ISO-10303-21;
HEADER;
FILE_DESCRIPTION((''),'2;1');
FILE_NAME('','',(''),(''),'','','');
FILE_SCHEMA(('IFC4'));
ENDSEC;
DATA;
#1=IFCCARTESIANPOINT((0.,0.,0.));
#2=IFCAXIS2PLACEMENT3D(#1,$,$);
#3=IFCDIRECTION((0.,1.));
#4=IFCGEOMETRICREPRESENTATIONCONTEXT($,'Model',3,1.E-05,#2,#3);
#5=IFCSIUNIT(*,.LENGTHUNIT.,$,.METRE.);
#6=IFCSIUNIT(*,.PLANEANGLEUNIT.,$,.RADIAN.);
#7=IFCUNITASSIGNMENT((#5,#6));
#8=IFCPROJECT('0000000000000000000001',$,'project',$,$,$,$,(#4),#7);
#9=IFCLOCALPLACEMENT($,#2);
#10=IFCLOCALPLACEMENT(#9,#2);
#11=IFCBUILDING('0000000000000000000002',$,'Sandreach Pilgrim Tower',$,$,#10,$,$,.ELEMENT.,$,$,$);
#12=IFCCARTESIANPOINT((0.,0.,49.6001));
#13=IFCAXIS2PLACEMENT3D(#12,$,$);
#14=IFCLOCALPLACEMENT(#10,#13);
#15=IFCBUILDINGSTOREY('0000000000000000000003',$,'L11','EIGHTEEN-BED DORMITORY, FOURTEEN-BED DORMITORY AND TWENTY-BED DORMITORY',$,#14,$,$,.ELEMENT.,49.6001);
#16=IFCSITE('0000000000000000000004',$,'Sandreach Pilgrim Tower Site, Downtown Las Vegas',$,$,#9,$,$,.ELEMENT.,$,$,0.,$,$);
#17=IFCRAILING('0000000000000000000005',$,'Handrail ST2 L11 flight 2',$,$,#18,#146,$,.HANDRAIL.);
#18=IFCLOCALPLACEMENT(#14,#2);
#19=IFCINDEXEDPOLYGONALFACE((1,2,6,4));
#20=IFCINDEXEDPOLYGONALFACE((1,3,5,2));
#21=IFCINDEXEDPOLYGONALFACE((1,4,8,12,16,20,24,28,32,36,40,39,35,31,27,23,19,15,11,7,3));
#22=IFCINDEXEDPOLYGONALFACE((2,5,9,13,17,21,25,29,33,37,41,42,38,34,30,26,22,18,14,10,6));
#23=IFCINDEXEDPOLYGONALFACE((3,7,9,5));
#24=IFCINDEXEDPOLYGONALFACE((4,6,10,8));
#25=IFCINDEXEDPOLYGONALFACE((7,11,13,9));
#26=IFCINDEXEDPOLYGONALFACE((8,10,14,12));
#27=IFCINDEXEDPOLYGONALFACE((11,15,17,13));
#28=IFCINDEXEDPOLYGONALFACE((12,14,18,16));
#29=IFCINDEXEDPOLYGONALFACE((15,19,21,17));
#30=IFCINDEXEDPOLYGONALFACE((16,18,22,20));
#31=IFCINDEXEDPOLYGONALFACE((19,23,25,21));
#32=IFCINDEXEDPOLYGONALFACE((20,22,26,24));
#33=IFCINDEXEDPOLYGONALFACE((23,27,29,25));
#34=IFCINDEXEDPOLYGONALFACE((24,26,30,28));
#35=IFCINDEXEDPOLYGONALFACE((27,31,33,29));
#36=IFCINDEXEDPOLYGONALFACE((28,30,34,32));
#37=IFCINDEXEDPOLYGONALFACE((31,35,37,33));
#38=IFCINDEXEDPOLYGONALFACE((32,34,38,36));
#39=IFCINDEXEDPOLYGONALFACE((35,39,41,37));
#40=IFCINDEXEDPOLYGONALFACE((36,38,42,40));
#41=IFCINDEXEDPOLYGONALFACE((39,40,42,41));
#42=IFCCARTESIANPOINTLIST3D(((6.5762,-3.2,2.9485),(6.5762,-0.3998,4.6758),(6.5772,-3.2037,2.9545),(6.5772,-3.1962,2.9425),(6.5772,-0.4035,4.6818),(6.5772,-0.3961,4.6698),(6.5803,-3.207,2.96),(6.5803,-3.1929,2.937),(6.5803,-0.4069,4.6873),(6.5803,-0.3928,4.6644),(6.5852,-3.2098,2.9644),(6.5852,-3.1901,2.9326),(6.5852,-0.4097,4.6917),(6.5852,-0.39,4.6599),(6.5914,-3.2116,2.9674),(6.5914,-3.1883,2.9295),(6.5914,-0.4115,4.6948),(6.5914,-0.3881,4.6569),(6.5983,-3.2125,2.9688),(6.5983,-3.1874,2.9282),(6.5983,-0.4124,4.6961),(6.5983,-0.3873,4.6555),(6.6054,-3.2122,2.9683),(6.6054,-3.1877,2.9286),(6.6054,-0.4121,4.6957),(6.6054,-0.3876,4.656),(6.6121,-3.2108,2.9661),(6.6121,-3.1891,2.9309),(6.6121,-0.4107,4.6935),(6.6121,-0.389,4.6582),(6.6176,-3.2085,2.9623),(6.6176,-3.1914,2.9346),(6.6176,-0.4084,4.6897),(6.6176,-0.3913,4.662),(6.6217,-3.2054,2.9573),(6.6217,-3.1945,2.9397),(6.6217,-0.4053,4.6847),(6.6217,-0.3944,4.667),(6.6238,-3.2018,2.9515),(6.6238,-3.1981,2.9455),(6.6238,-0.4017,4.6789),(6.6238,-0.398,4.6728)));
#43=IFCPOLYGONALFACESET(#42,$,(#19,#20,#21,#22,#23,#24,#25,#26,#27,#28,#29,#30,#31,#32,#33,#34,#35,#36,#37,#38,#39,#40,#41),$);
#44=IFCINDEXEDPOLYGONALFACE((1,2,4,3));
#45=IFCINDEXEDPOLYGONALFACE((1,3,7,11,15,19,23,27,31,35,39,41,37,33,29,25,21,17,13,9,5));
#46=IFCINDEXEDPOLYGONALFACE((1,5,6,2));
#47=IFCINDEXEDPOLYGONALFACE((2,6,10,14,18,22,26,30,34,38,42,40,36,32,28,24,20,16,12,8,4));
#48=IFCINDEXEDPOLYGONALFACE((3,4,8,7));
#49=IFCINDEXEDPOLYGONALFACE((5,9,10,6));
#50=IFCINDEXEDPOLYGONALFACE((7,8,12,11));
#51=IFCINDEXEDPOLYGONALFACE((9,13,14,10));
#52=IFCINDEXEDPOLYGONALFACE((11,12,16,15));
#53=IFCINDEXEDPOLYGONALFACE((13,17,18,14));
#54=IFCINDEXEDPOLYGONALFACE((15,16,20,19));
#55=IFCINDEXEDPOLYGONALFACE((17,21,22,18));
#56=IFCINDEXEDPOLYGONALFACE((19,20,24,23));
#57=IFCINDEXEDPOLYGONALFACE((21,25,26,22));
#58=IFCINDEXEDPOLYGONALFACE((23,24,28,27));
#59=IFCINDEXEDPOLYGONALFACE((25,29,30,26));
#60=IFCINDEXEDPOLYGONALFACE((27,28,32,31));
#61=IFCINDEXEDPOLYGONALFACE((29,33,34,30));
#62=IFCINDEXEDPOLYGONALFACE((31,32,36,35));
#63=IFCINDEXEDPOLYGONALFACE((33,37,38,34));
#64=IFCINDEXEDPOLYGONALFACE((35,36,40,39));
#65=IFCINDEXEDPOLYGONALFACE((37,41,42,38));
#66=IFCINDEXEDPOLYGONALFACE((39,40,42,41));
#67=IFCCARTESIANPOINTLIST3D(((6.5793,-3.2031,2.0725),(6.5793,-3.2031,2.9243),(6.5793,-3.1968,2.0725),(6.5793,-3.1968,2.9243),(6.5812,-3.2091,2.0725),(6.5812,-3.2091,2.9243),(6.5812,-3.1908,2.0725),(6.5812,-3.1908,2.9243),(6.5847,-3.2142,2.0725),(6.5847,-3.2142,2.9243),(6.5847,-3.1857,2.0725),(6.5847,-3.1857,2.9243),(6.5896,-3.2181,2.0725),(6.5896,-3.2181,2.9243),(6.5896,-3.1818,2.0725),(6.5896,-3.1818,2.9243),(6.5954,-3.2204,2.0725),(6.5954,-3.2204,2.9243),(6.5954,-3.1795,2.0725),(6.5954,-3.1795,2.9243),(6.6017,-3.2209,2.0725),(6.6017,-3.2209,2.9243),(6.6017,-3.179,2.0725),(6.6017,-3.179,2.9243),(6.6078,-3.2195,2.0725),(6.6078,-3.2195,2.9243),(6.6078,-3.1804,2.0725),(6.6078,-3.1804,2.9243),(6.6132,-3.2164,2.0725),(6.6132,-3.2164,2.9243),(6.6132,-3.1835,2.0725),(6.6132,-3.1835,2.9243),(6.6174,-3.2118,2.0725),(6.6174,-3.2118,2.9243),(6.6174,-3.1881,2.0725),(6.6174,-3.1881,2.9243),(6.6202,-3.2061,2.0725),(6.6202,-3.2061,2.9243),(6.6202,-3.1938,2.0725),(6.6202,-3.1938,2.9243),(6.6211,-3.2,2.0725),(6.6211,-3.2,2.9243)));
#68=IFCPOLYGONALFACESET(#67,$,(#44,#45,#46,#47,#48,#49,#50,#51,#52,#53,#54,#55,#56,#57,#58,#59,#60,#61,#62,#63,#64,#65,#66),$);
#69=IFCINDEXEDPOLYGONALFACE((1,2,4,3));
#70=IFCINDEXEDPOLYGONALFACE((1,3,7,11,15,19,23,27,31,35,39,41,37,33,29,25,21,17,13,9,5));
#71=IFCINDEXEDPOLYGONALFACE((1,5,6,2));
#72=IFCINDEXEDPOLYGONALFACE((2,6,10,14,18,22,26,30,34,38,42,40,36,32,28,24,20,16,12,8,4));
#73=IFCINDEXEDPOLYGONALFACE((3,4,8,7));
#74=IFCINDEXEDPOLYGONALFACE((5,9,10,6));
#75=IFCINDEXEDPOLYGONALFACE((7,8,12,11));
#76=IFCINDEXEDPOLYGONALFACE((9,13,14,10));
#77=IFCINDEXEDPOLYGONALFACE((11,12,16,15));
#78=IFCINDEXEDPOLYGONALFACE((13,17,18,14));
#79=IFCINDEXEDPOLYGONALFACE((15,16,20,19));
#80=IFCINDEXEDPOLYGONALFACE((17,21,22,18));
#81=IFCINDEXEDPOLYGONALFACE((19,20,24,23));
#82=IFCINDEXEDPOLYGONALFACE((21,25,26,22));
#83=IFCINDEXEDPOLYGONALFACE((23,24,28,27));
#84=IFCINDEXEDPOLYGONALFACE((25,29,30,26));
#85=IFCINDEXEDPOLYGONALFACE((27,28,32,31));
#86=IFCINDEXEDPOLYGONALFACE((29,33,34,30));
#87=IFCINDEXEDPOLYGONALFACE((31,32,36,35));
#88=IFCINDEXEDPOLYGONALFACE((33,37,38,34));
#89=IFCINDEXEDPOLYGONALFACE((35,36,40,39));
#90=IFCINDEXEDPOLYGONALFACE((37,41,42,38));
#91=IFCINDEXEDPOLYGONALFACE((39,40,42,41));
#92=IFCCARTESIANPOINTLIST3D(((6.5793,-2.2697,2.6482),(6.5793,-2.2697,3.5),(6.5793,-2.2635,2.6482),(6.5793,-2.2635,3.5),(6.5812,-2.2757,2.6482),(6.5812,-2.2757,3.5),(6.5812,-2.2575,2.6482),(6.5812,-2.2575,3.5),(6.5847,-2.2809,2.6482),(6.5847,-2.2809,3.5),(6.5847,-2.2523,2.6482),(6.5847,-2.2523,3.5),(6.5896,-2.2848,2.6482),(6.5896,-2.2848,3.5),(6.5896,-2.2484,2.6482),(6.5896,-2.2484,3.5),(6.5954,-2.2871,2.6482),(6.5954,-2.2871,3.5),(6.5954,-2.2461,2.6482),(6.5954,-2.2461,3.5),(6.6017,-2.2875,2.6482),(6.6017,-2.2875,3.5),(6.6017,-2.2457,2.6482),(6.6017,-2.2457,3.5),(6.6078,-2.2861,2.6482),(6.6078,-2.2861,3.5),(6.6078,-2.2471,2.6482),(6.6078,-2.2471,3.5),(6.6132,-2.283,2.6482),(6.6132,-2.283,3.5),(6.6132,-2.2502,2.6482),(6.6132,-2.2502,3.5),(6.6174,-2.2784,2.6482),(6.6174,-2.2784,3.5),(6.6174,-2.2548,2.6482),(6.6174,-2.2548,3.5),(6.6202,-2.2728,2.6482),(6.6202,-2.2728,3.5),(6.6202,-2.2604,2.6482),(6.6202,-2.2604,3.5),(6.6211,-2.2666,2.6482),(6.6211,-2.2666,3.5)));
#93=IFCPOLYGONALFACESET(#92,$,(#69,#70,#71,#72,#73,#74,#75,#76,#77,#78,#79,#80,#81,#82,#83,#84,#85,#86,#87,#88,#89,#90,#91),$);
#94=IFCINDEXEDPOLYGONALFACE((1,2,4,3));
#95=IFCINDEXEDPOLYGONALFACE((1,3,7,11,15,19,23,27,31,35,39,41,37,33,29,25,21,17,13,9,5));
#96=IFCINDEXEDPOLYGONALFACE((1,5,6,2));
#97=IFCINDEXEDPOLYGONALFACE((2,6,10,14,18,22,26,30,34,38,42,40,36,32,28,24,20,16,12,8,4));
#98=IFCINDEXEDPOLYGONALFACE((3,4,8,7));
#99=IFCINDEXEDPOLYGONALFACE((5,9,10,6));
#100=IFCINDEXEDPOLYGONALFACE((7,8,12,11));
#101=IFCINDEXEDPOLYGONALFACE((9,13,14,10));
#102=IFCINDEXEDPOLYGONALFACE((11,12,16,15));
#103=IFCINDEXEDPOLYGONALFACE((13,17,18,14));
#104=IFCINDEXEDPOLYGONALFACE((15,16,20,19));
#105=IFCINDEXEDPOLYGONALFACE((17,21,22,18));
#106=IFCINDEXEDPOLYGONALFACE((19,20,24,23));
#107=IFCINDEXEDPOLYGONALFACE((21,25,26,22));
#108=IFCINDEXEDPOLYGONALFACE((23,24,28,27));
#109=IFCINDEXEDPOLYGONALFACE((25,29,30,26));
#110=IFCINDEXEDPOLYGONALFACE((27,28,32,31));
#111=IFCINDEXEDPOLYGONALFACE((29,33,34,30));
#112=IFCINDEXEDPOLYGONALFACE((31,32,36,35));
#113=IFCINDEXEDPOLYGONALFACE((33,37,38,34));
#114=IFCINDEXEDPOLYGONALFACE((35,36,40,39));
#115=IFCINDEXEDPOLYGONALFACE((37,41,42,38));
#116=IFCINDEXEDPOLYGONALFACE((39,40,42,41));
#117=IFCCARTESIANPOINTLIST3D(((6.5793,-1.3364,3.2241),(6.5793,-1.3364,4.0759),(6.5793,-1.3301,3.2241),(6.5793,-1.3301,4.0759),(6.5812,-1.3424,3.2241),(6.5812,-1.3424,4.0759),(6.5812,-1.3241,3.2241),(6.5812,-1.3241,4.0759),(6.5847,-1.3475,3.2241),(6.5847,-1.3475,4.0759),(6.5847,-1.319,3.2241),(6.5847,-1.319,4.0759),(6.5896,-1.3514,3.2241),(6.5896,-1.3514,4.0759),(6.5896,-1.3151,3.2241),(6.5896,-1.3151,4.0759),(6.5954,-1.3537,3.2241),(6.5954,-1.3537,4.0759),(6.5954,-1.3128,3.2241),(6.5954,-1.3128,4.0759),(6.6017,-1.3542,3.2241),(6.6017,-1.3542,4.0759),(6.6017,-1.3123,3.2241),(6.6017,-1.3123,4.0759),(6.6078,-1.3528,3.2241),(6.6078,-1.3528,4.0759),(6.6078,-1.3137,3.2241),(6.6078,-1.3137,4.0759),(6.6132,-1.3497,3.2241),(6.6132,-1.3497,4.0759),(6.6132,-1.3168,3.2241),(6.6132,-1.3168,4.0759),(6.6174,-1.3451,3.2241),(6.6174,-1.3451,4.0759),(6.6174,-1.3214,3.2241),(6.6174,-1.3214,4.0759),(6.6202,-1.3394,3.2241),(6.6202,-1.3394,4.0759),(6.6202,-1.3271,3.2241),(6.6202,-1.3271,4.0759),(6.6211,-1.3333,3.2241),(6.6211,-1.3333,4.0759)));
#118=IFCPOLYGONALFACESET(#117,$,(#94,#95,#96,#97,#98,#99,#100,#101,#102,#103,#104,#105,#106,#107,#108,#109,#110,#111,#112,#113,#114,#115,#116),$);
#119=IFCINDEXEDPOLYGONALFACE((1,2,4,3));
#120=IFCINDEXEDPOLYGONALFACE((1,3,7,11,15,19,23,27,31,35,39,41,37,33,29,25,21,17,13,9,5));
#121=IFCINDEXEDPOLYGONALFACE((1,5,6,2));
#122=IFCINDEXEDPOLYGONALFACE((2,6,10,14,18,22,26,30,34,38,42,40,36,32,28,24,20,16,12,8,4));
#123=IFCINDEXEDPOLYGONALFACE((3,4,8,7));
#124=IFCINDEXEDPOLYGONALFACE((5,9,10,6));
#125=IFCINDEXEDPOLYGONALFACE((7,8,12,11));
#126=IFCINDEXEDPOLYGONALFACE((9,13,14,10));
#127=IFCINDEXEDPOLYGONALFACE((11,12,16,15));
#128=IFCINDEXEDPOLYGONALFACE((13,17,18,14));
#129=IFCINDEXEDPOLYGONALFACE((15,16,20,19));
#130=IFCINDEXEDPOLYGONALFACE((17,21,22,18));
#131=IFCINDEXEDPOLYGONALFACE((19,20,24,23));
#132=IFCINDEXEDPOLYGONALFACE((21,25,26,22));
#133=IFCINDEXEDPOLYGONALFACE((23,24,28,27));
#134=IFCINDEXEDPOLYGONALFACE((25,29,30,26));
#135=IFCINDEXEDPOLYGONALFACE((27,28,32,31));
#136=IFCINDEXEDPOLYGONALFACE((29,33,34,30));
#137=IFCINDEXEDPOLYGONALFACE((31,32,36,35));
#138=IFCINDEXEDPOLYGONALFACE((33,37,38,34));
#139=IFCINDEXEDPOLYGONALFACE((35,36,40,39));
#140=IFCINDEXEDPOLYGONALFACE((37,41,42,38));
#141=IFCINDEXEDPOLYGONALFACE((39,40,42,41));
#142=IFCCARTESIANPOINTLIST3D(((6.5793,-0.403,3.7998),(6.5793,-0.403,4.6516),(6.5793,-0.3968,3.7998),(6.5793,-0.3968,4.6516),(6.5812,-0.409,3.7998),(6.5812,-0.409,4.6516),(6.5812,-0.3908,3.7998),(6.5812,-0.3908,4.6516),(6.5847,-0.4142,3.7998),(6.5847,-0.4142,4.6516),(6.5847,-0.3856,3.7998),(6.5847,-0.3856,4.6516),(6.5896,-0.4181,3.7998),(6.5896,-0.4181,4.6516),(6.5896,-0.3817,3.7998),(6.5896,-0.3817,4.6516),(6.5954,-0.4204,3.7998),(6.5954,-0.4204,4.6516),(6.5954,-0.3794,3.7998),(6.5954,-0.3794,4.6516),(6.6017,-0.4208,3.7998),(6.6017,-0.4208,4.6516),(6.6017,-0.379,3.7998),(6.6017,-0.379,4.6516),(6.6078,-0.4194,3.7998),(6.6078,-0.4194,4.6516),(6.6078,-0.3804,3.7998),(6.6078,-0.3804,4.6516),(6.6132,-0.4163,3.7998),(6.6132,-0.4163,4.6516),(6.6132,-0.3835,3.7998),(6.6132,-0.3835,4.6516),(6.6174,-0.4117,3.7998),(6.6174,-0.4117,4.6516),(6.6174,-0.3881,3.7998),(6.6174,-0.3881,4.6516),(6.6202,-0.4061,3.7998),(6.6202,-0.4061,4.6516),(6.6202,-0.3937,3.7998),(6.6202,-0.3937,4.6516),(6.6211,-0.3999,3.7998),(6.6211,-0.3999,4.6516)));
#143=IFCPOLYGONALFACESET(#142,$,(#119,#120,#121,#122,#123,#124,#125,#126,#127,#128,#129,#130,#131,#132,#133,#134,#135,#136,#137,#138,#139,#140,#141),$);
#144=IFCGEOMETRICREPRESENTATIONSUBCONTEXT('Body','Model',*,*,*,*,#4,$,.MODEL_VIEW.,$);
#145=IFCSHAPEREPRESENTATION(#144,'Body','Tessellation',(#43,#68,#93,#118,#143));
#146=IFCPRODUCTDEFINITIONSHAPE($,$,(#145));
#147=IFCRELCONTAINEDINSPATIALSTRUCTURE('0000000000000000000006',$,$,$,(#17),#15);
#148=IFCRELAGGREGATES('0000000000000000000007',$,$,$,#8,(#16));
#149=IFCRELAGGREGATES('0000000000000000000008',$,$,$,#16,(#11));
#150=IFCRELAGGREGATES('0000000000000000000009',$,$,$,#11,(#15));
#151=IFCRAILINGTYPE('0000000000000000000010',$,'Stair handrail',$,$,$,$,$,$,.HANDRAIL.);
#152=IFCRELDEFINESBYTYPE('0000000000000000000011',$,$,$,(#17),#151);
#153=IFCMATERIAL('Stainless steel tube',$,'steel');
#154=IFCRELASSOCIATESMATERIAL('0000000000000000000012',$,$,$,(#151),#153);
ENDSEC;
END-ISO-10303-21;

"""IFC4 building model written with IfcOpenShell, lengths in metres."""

from ifc_helpers import new_model, si_unit, direction, frame, origin, origin_2d, place, context, subcontext, project, spatial, circle, extrude, material, type_object, element, save


model = new_model("IFC4")

# Units and contexts
model_context = context("Model", 3, precision=1e-05, world=origin(), true_north=direction((0.0, 1.0)))
body_context = subcontext(model_context, "Body", "Model", "MODEL_VIEW")
ifc_project = project(units=[si_unit("LENGTHUNIT", "METRE"), si_unit("PLANEANGLEUNIT", "RADIAN")], contexts=[model_context])

# Site, building, storey
site_placement = place(None, origin())
site = spatial("IfcSite", under=ifc_project, at=site_placement, Name="Sandreach Pilgrim Tower Site, Downtown Las Vegas", CompositionType="ELEMENT", RefElevation=0.0)
building_placement = place(site_placement, origin())
building = spatial("IfcBuilding", under=site, at=building_placement, Name="Sandreach Pilgrim Tower", CompositionType="ELEMENT")
storey_placement = place(building_placement, frame((0.0, 0.0, 49.6001)))
storey = spatial("IfcBuildingStorey", under=building, at=storey_placement, Name="L11", Description="EIGHTEEN-BED DORMITORY, FOURTEEN-BED DORMITORY AND TWENTY-BED DORMITORY", CompositionType="ELEMENT", Elevation=49.6001)

# Railing
ifc_material_1 = material(Name="Stainless steel tube", Category="steel")
railing_type = type_object("IfcRailingType", Name="Stair handrail", PredefinedType="HANDRAIL", material=ifc_material_1)
for number, where, name in (
    (1, (6.6001, -3.2, 2.0725), "Handrail ST2 L11 flight 2"),
):
    element("IfcRailing", number, at=place(storey_placement, frame(where)), inside=storey, type_object=railing_type, Name=name, PredefinedType="HANDRAIL", context=body_context, shape_type="SweptSolid", body=[
        extrude(circle(Radius=0.0239, at=origin_2d()), frame((0.0, 0.0, 0.876), z_axis=(0.0, 0.85109, 0.52502), x_axis=(-1.0, 0.0, 0.0)), (0.0, 0.0, 1.0), 3.29),
        extrude(circle(Radius=0.021, at=origin_2d()), origin(), (0.0, 0.0, 1.0), 0.8518),
        extrude(circle(Radius=0.021, at=origin_2d()), frame((0.0, 0.9333, 0.5757)), (0.0, 0.0, 1.0), 0.8518),
        extrude(circle(Radius=0.021, at=origin_2d()), frame((0.0, 1.8667, 1.1516)), (0.0, 0.0, 1.0), 0.8518),
        extrude(circle(Radius=0.021, at=origin_2d()), frame((0.0, 2.8, 1.7273)), (0.0, 0.0, 1.0), 0.8518),
    ])

save(model, "model.ifc")
